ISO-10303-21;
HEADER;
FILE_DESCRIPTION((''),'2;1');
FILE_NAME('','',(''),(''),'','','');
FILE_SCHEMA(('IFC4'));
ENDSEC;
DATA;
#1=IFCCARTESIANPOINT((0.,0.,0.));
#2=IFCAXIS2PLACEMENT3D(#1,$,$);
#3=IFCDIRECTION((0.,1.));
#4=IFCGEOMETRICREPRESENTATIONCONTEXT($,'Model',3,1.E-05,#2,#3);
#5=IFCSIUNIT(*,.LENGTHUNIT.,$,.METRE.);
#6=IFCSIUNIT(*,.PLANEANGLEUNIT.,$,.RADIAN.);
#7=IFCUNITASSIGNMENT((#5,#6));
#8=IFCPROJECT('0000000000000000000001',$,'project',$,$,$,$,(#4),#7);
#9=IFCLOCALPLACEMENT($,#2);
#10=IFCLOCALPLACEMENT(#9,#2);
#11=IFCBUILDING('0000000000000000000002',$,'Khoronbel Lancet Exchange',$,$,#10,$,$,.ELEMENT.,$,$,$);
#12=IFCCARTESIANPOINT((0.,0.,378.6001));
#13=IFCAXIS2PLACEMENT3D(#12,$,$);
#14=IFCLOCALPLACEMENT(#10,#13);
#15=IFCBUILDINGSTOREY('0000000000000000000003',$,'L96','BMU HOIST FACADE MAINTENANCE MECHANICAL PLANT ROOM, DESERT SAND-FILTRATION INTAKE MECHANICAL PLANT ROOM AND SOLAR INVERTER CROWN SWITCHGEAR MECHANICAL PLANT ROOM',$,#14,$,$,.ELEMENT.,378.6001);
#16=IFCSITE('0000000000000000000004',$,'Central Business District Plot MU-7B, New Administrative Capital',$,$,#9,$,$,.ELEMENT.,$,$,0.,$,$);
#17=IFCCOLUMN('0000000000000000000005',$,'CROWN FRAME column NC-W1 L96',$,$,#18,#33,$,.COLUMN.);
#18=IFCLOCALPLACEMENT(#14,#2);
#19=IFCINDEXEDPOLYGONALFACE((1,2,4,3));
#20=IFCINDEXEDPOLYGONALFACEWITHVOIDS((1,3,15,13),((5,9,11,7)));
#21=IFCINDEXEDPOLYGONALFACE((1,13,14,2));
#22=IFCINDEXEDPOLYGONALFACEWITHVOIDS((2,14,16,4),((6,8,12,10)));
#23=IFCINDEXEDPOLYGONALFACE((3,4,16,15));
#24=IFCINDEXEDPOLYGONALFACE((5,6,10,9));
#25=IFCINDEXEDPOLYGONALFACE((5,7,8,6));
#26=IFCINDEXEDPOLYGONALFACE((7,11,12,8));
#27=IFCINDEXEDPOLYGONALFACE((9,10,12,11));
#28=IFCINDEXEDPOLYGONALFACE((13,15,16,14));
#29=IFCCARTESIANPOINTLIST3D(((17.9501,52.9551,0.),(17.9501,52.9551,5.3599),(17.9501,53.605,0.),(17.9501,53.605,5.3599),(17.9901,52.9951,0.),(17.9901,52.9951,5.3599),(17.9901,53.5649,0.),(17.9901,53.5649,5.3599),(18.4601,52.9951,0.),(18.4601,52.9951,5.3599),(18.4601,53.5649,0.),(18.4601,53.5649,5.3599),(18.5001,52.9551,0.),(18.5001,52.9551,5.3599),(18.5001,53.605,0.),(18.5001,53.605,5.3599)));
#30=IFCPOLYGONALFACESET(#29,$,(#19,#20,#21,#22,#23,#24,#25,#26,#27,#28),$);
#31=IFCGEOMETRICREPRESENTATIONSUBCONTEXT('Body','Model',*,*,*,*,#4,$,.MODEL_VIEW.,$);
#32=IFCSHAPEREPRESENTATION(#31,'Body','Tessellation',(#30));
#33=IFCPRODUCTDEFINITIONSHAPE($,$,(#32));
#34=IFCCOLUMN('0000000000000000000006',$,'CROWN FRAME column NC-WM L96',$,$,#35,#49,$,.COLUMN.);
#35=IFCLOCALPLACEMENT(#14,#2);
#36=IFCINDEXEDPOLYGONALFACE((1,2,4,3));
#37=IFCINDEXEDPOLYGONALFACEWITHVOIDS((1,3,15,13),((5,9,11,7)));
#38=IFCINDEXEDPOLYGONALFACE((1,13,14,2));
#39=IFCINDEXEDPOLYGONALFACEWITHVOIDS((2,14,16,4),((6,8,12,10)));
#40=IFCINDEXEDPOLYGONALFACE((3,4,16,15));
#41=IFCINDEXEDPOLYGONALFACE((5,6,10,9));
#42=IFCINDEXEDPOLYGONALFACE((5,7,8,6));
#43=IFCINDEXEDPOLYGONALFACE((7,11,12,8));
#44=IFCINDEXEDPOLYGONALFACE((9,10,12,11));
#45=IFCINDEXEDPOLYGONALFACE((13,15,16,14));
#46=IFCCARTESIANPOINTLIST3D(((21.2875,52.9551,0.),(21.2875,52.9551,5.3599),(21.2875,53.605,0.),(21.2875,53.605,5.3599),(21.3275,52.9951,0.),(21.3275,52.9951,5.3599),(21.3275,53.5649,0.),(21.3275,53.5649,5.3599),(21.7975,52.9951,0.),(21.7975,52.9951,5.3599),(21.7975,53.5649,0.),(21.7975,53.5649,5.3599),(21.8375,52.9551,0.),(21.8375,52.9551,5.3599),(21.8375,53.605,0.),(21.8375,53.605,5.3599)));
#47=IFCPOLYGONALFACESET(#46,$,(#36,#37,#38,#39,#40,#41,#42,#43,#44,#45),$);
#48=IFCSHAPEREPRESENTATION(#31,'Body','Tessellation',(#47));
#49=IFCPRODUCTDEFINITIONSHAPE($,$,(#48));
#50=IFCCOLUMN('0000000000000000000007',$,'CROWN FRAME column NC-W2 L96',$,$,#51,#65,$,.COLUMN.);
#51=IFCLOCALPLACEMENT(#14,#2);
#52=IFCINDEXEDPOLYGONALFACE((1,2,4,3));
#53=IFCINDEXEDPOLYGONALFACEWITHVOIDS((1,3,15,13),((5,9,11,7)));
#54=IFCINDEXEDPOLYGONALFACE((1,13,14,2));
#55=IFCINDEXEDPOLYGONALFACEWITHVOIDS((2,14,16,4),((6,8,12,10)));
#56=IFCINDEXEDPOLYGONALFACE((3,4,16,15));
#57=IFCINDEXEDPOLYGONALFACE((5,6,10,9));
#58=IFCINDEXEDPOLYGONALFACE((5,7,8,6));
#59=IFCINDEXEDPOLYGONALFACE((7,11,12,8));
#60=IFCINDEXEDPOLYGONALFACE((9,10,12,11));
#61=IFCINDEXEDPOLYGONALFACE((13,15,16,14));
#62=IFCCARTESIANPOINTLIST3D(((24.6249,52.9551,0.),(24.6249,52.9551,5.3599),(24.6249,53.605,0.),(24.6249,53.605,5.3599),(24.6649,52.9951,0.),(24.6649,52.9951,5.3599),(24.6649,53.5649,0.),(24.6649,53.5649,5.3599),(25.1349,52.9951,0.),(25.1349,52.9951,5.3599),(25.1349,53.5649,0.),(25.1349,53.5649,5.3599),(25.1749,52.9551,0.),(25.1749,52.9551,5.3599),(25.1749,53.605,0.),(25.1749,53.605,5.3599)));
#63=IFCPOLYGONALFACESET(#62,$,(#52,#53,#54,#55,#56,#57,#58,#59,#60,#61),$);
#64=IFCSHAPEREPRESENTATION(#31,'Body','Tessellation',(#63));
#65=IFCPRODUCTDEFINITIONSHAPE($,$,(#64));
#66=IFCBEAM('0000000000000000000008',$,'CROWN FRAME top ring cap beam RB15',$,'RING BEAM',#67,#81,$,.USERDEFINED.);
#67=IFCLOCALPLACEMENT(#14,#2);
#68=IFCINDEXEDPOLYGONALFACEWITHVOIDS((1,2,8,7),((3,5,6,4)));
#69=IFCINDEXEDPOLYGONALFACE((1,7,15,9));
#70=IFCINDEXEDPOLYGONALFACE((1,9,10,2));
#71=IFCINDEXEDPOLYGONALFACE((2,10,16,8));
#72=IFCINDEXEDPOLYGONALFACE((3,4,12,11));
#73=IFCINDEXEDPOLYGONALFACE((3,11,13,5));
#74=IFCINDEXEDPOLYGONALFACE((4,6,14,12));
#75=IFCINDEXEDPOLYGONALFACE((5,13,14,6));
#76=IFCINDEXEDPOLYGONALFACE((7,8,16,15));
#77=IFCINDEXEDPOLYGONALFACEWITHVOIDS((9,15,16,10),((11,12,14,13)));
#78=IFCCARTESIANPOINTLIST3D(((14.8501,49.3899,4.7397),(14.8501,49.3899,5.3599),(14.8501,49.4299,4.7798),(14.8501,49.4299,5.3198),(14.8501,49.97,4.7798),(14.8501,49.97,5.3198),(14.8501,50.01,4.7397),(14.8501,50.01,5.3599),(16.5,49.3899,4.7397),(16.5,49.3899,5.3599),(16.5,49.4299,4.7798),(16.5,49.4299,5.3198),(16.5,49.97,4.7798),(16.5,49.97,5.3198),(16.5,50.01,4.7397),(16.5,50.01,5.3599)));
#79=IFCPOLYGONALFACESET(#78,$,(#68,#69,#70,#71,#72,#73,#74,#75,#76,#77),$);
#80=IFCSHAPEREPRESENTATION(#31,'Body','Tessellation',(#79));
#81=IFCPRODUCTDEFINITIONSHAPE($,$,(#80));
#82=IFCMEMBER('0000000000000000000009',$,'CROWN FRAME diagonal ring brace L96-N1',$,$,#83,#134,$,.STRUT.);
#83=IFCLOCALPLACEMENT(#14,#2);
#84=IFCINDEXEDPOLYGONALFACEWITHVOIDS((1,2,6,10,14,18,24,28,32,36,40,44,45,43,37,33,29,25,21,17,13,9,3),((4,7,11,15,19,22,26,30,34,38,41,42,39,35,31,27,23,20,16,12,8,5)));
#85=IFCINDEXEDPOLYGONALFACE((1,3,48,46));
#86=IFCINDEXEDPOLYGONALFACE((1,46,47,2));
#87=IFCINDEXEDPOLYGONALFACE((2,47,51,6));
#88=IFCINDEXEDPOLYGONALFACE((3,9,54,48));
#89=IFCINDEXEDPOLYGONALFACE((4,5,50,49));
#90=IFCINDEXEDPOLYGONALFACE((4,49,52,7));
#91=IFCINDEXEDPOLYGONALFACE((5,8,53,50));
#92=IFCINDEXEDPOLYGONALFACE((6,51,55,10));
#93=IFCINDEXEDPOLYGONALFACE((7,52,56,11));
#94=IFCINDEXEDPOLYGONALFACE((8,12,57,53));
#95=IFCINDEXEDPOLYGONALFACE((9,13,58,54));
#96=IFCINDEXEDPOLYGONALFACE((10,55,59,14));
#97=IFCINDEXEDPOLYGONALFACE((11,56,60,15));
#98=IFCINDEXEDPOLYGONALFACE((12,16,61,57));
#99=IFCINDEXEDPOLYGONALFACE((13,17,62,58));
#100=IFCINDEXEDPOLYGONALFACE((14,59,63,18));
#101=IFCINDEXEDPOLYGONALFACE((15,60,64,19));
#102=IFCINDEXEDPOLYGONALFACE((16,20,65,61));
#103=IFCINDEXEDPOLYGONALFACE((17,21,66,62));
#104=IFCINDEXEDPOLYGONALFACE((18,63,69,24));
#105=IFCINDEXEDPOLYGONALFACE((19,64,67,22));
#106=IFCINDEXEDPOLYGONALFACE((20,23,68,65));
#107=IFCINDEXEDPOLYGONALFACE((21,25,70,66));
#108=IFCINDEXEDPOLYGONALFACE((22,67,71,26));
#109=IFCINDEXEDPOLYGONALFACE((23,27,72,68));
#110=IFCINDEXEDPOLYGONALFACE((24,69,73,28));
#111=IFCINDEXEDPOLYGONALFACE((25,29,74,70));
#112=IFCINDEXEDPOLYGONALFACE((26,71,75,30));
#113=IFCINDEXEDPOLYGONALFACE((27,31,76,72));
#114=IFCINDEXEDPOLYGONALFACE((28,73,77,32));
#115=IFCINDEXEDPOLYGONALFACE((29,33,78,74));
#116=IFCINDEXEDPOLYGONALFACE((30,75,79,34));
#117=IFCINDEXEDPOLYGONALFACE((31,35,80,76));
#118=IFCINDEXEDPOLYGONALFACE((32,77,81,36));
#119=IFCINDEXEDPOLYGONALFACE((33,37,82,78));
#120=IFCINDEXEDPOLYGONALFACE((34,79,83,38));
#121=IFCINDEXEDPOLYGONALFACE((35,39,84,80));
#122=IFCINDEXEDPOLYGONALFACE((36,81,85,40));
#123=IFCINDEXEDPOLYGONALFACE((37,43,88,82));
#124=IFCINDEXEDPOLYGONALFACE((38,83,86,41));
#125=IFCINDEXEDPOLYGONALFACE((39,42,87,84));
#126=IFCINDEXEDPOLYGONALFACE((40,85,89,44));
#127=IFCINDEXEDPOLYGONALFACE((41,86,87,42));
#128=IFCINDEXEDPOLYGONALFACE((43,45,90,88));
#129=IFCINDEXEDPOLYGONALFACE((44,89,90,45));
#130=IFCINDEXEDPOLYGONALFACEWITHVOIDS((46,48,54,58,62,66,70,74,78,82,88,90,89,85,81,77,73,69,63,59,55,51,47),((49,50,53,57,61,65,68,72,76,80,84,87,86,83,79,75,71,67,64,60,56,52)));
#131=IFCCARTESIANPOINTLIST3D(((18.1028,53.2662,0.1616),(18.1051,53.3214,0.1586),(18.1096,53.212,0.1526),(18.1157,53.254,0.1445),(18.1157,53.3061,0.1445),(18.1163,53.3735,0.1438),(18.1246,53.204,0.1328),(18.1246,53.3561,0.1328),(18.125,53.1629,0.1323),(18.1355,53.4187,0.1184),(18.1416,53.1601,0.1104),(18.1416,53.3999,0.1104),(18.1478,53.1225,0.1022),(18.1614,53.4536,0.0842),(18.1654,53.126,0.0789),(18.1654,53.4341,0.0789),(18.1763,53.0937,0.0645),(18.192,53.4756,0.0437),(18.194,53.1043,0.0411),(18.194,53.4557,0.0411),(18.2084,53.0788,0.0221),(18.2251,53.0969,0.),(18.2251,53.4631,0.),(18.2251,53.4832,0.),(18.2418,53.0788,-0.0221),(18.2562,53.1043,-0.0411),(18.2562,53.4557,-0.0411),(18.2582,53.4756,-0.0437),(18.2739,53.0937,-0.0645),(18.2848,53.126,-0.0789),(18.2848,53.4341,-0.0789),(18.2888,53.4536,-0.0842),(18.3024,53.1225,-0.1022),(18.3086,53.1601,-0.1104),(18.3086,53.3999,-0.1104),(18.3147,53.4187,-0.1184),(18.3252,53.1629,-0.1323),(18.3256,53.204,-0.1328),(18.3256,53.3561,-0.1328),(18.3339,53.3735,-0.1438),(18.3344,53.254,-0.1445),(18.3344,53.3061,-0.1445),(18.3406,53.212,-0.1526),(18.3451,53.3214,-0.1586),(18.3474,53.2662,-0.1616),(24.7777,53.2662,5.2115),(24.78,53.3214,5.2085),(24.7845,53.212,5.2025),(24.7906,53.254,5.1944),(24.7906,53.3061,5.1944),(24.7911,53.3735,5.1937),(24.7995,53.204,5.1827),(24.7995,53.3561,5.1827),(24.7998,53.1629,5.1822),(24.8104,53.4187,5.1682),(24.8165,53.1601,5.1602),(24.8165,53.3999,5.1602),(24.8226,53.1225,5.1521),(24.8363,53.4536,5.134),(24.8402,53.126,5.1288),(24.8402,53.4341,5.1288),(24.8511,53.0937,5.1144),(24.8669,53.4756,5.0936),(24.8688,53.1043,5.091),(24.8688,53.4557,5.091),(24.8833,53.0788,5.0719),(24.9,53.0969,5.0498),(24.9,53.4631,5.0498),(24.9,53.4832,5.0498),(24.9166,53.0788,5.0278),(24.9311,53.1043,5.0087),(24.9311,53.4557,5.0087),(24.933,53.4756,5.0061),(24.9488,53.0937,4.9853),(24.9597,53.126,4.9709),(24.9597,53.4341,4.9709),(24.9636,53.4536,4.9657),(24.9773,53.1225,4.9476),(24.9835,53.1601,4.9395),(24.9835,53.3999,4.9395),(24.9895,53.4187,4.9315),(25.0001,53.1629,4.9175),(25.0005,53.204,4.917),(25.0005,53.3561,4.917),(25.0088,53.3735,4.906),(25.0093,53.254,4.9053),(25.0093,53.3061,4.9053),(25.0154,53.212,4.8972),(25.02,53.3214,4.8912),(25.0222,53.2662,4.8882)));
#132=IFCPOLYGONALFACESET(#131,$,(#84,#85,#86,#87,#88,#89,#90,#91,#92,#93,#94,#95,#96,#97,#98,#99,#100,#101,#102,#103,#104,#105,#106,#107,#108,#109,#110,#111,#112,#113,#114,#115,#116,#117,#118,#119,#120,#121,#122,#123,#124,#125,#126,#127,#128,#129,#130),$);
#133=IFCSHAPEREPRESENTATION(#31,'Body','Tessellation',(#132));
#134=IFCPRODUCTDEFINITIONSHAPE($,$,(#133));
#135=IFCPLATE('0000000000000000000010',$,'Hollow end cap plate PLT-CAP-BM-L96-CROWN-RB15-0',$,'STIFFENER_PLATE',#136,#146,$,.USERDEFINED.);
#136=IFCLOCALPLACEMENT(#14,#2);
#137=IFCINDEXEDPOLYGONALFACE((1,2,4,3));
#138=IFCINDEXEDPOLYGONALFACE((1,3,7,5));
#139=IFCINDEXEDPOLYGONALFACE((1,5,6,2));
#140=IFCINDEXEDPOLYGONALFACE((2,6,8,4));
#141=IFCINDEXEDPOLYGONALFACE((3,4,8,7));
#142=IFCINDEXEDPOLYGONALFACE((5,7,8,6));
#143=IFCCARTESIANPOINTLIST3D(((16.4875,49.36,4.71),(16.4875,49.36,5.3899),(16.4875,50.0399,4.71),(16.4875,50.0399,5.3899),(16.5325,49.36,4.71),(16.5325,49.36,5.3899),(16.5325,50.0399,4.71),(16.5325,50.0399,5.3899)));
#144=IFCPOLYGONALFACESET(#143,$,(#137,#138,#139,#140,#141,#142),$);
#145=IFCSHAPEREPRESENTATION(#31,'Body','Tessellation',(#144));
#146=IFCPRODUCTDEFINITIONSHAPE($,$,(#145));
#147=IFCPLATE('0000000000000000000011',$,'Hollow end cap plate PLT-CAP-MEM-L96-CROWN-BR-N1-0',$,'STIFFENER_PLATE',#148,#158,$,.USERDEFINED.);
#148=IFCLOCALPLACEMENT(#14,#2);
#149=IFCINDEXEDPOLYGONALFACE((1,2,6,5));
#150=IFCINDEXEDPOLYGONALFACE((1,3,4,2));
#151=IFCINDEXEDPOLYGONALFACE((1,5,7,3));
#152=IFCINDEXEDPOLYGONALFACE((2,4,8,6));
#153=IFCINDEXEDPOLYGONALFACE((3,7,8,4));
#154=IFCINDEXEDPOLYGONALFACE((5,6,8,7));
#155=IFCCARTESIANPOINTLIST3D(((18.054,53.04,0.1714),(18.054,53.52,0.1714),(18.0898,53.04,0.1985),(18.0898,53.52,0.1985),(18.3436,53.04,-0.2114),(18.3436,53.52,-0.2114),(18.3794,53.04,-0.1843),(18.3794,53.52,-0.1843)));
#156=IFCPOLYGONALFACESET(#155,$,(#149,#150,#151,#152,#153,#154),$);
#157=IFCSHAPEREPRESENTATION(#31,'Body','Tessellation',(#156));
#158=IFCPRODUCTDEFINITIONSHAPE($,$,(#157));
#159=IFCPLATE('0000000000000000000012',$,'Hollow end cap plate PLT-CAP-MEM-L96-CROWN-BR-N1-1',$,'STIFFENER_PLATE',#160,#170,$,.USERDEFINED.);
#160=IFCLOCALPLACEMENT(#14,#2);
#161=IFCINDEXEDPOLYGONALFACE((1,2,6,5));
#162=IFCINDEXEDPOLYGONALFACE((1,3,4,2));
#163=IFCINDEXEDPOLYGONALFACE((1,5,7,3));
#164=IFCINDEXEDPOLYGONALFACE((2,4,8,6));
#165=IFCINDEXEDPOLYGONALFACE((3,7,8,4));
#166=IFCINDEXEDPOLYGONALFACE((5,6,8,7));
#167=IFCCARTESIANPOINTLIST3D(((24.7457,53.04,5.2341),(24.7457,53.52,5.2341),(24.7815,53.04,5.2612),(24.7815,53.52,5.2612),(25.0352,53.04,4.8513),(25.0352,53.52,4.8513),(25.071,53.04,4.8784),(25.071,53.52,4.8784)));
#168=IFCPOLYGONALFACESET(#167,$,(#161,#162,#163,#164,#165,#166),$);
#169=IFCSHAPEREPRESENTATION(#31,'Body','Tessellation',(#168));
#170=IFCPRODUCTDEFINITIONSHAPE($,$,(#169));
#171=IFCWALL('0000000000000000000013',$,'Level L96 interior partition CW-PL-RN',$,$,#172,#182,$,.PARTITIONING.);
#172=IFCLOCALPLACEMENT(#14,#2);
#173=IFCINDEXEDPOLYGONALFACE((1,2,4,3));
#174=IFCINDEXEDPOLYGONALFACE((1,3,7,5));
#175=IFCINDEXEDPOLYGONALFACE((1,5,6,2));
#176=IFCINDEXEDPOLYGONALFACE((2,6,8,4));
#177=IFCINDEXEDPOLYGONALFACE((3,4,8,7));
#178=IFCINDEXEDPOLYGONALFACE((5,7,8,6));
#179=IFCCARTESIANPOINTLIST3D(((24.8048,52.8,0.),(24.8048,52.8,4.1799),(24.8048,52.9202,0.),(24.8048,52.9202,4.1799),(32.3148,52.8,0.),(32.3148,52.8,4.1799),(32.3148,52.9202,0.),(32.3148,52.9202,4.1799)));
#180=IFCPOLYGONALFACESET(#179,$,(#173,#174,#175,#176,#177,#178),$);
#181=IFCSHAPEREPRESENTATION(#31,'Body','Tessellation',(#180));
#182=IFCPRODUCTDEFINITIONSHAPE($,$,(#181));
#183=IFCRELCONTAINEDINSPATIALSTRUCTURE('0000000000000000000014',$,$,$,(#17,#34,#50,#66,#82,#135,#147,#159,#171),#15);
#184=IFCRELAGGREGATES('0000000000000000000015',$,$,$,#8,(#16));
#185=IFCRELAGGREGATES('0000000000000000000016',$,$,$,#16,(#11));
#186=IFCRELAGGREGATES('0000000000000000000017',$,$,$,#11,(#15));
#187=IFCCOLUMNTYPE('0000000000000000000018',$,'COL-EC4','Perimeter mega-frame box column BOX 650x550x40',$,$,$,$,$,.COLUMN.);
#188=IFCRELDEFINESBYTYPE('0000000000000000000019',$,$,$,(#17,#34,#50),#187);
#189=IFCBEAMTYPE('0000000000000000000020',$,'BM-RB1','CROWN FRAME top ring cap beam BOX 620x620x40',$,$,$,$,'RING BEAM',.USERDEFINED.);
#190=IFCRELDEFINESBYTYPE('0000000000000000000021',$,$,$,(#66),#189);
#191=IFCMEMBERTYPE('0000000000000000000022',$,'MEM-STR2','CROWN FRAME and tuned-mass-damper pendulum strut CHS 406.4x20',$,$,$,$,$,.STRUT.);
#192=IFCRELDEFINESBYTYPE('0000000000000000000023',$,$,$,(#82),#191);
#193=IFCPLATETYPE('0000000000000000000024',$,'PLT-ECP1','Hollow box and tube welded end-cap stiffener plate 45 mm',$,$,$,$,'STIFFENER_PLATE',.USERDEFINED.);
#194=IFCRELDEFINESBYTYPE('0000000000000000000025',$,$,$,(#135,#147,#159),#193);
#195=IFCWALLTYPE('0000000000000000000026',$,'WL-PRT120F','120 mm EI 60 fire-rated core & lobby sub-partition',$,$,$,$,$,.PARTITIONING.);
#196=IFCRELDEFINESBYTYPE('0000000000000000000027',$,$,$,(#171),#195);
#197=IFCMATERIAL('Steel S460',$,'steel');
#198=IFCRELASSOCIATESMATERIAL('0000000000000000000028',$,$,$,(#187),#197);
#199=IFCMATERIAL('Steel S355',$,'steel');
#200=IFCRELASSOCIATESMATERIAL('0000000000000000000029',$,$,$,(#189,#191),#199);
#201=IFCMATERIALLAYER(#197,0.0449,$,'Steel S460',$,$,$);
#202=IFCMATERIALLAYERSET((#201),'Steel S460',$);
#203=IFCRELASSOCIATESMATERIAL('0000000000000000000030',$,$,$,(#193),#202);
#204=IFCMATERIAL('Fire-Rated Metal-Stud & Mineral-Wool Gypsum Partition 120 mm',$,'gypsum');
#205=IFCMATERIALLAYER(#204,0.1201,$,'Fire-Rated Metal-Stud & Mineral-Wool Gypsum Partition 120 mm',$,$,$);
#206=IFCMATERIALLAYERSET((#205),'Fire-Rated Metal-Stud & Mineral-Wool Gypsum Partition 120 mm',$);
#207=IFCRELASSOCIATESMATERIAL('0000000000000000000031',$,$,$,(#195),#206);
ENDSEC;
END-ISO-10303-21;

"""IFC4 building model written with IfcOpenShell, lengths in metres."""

from ifc_helpers import new_model, si_unit, direction, frame, frame_2d, origin, origin_2d, place, context, subcontext, project, spatial, polyline, rectangle, hollow_rectangle, hollow_circle, outline, extrude, material, layer, layer_set, material_profile, profile_set, type_object, element, save


model = new_model("IFC4")

# Units and contexts
model_context = context("Model", 3, precision=1e-05, world=origin(), true_north=direction((0.0, 1.0)))
body_context = subcontext(model_context, "Body", "Model", "MODEL_VIEW")
ifc_project = project(units=[si_unit("LENGTHUNIT", "METRE"), si_unit("PLANEANGLEUNIT", "RADIAN")], contexts=[model_context])

# Site, building, storey
site_placement = place(None, origin())
site = spatial("IfcSite", under=ifc_project, at=site_placement, Name="Central Business District Plot MU-7B, New Administrative Capital", CompositionType="ELEMENT", RefElevation=0.0)
building_placement = place(site_placement, origin())
building = spatial("IfcBuilding", under=site, at=building_placement, Name="Khoronbel Lancet Exchange", CompositionType="ELEMENT")
storey_placement = place(building_placement, frame((0.0, 0.0, 378.6001)))
storey = spatial("IfcBuildingStorey", under=building, at=storey_placement, Name="L96", Description="BMU HOIST FACADE MAINTENANCE MECHANICAL PLANT ROOM, DESERT SAND-FILTRATION INTAKE MECHANICAL PLANT ROOM AND SOLAR INVERTER CROWN SWITCHGEAR MECHANICAL PLANT ROOM", CompositionType="ELEMENT", Elevation=378.6001)

# Columns
ifc_material_1 = material(Name="Steel S460", Category="steel")
ifc_material_profile_1 = material_profile(ifc_material_1, hollow_rectangle(XDim=0.55, YDim=0.6499, WallThickness=0.04, at=origin_2d()), Name="BOX 650x550x40")
ifc_profile_set_1 = profile_set([ifc_material_profile_1], Name="Steel S460")
column_type = type_object("IfcColumnType", Name="COL-EC4", Description="Perimeter mega-frame box column BOX 650x550x40", PredefinedType="COLUMN", material=ifc_profile_set_1)
for number, where, z_axis, x_axis, name in (
    (1, (18.2251, 53.28, 0.0), (0.0, 0.0, 1.0), (1.0, 0.0, 0.0), "CROWN FRAME column NC-W1 L96"),
    (2, (21.5625, 53.28, 0.0), (0.0, 0.0, 1.0), (1.0, 0.0, 0.0), "CROWN FRAME column NC-WM L96"),
    (3, (24.8999, 53.28, 0.0), (0.0, 0.0, 1.0), (1.0, 0.0, 0.0), "CROWN FRAME column NC-W2 L96"),
):
    element("IfcColumn", number, at=place(storey_placement, frame(where, z_axis=z_axis, x_axis=x_axis)), inside=storey, type_object=column_type, Name=name, PredefinedType="COLUMN", context=body_context, shape_type="SweptSolid", body=[
        extrude(hollow_rectangle(XDim=0.55, YDim=0.6499, WallThickness=0.04, at=origin_2d()), origin(), (0.0, 0.0, 1.0), 5.3599),
    ])

# Beam
ifc_material_2 = material(Name="Steel S355", Category="steel")
ifc_material_profile_2 = material_profile(ifc_material_2, hollow_rectangle(XDim=0.6201, YDim=0.6201, WallThickness=0.04, at=origin_2d()), Name="BOX 620x620x40")
ifc_profile_set_2 = profile_set([ifc_material_profile_2], Name="Steel S355")
beam_type = type_object("IfcBeamType", Name="BM-RB1", Description="CROWN FRAME top ring cap beam BOX 620x620x40", ElementType="RING BEAM", PredefinedType="USERDEFINED", material=ifc_profile_set_2)
beam_placement = place(storey_placement, frame((16.5, 49.7, 5.0498), z_axis=(-1.0, 0.0, 0.0), x_axis=(0.0, -1.0, 0.0)))
element("IfcBeam", 4, at=beam_placement, inside=storey, type_object=beam_type, Name="CROWN FRAME top ring cap beam RB15", ObjectType="RING BEAM", PredefinedType="USERDEFINED", context=body_context, shape_type="SweptSolid", body=[
    extrude(hollow_rectangle(XDim=0.6201, YDim=0.6201, WallThickness=0.04, at=origin_2d()), origin(), (0.0, 0.0, 1.0), 1.6499),
])

# Member
ifc_material_profile_3 = material_profile(ifc_material_2, hollow_circle(Radius=0.2031, WallThickness=0.02, at=origin_2d()), Name="CHS 406.4x20")
ifc_profile_set_3 = profile_set([ifc_material_profile_3], Name="Steel S355")
member_type = type_object("IfcMemberType", Name="MEM-STR2", Description="CROWN FRAME and tuned-mass-damper pendulum strut CHS 406.4x20", PredefinedType="STRUT", material=ifc_profile_set_3)
member_placement = place(storey_placement, frame((18.2251, 53.28, 0.0), z_axis=(0.797487, 0.0, 0.603336), x_axis=(0.0, 1.0, 0.0)))
element("IfcMember", 5, at=member_placement, inside=storey, type_object=member_type, Name="CROWN FRAME diagonal ring brace L96-N1", PredefinedType="STRUT", context=body_context, shape_type="SweptSolid", body=[
    extrude(hollow_circle(Radius=0.2031, WallThickness=0.02, at=origin_2d()), origin(), (0.0, 0.0, 1.0), 8.3699),
])

# Plates
ifc_layer_1 = layer(ifc_material_1, 0.0449, Name="Steel S460")
ifc_layer_set_1 = layer_set([ifc_layer_1], Name="Steel S460")
plate_type = type_object("IfcPlateType", Name="PLT-ECP1", Description="Hollow box and tube welded end-cap stiffener plate 45 mm", ElementType="STIFFENER_PLATE", PredefinedType="USERDEFINED", material=ifc_layer_set_1)
plate_placement = place(storey_placement, frame((16.51, 49.7, 4.71), z_axis=(0.0, 0.0, 1.0), x_axis=(1.0, 0.0, 0.0)))
element("IfcPlate", 6, at=plate_placement, inside=storey, type_object=plate_type, Name="Hollow end cap plate PLT-CAP-BM-L96-CROWN-RB15-0", ObjectType="STIFFENER_PLATE", PredefinedType="USERDEFINED", context=body_context, shape_type="SweptSolid", body=[
    extrude(rectangle(XDim=0.0449, YDim=0.6799, at=origin_2d()), origin(), (0.0, 0.0, 1.0), 0.6799),
])
for number, where, z_axis, x_axis, name in (
    (7, (18.3794, 53.04, -0.1843), (0.797552, 0.0, 0.60325), (0.0, 1.0, 0.0), "Hollow end cap plate PLT-CAP-MEM-L96-CROWN-BR-N1-0"),
    (8, (25.071, 53.04, 4.8784), (0.797552, 0.0, 0.60325), (0.0, 1.0, 0.0), "Hollow end cap plate PLT-CAP-MEM-L96-CROWN-BR-N1-1"),
):
    element("IfcPlate", number, at=place(storey_placement, frame(where, z_axis=z_axis, x_axis=x_axis)), inside=storey, type_object=plate_type, Name=name, ObjectType="STIFFENER_PLATE", PredefinedType="USERDEFINED", context=body_context, shape_type="SweptSolid", body=[
        extrude(outline(polyline([(0.0, 0.0), (0.48, 0.0), (0.48, 0.48), (0.0, 0.48), (0.0, 0.0)])), origin(), (0.0, 0.0, -1.0), 0.0449),
    ])

# Wall
ifc_material_3 = material(Name="Fire-Rated Metal-Stud & Mineral-Wool Gypsum Partition 120 mm", Category="gypsum")
ifc_layer_2 = layer(ifc_material_3, 0.1201, Name="Fire-Rated Metal-Stud & Mineral-Wool Gypsum Partition 120 mm")
ifc_layer_set_2 = layer_set([ifc_layer_2], Name="Fire-Rated Metal-Stud & Mineral-Wool Gypsum Partition 120 mm")
wall_type_1 = type_object("IfcWallType", Name="WL-PRT120F", Description="120 mm EI 60 fire-rated core & lobby sub-partition", PredefinedType="PARTITIONING", material=ifc_layer_set_2)
wall_1_placement = place(storey_placement, frame((24.8049, 52.8601, 0.0), z_axis=(0.0, 0.0, 1.0), x_axis=(1.0, 0.0, 0.0)))
element("IfcWall", 9, at=wall_1_placement, inside=storey, type_object=wall_type_1, Name="Level L96 interior partition CW-PL-RN", PredefinedType="PARTITIONING", context=body_context, shape_type="SweptSolid", body=[
    extrude(rectangle(XDim=7.51, YDim=0.1201, at=frame_2d((3.7549, 0.0))), origin(), (0.0, 0.0, 1.0), 4.1799),
])

save(model, "model.ifc")
